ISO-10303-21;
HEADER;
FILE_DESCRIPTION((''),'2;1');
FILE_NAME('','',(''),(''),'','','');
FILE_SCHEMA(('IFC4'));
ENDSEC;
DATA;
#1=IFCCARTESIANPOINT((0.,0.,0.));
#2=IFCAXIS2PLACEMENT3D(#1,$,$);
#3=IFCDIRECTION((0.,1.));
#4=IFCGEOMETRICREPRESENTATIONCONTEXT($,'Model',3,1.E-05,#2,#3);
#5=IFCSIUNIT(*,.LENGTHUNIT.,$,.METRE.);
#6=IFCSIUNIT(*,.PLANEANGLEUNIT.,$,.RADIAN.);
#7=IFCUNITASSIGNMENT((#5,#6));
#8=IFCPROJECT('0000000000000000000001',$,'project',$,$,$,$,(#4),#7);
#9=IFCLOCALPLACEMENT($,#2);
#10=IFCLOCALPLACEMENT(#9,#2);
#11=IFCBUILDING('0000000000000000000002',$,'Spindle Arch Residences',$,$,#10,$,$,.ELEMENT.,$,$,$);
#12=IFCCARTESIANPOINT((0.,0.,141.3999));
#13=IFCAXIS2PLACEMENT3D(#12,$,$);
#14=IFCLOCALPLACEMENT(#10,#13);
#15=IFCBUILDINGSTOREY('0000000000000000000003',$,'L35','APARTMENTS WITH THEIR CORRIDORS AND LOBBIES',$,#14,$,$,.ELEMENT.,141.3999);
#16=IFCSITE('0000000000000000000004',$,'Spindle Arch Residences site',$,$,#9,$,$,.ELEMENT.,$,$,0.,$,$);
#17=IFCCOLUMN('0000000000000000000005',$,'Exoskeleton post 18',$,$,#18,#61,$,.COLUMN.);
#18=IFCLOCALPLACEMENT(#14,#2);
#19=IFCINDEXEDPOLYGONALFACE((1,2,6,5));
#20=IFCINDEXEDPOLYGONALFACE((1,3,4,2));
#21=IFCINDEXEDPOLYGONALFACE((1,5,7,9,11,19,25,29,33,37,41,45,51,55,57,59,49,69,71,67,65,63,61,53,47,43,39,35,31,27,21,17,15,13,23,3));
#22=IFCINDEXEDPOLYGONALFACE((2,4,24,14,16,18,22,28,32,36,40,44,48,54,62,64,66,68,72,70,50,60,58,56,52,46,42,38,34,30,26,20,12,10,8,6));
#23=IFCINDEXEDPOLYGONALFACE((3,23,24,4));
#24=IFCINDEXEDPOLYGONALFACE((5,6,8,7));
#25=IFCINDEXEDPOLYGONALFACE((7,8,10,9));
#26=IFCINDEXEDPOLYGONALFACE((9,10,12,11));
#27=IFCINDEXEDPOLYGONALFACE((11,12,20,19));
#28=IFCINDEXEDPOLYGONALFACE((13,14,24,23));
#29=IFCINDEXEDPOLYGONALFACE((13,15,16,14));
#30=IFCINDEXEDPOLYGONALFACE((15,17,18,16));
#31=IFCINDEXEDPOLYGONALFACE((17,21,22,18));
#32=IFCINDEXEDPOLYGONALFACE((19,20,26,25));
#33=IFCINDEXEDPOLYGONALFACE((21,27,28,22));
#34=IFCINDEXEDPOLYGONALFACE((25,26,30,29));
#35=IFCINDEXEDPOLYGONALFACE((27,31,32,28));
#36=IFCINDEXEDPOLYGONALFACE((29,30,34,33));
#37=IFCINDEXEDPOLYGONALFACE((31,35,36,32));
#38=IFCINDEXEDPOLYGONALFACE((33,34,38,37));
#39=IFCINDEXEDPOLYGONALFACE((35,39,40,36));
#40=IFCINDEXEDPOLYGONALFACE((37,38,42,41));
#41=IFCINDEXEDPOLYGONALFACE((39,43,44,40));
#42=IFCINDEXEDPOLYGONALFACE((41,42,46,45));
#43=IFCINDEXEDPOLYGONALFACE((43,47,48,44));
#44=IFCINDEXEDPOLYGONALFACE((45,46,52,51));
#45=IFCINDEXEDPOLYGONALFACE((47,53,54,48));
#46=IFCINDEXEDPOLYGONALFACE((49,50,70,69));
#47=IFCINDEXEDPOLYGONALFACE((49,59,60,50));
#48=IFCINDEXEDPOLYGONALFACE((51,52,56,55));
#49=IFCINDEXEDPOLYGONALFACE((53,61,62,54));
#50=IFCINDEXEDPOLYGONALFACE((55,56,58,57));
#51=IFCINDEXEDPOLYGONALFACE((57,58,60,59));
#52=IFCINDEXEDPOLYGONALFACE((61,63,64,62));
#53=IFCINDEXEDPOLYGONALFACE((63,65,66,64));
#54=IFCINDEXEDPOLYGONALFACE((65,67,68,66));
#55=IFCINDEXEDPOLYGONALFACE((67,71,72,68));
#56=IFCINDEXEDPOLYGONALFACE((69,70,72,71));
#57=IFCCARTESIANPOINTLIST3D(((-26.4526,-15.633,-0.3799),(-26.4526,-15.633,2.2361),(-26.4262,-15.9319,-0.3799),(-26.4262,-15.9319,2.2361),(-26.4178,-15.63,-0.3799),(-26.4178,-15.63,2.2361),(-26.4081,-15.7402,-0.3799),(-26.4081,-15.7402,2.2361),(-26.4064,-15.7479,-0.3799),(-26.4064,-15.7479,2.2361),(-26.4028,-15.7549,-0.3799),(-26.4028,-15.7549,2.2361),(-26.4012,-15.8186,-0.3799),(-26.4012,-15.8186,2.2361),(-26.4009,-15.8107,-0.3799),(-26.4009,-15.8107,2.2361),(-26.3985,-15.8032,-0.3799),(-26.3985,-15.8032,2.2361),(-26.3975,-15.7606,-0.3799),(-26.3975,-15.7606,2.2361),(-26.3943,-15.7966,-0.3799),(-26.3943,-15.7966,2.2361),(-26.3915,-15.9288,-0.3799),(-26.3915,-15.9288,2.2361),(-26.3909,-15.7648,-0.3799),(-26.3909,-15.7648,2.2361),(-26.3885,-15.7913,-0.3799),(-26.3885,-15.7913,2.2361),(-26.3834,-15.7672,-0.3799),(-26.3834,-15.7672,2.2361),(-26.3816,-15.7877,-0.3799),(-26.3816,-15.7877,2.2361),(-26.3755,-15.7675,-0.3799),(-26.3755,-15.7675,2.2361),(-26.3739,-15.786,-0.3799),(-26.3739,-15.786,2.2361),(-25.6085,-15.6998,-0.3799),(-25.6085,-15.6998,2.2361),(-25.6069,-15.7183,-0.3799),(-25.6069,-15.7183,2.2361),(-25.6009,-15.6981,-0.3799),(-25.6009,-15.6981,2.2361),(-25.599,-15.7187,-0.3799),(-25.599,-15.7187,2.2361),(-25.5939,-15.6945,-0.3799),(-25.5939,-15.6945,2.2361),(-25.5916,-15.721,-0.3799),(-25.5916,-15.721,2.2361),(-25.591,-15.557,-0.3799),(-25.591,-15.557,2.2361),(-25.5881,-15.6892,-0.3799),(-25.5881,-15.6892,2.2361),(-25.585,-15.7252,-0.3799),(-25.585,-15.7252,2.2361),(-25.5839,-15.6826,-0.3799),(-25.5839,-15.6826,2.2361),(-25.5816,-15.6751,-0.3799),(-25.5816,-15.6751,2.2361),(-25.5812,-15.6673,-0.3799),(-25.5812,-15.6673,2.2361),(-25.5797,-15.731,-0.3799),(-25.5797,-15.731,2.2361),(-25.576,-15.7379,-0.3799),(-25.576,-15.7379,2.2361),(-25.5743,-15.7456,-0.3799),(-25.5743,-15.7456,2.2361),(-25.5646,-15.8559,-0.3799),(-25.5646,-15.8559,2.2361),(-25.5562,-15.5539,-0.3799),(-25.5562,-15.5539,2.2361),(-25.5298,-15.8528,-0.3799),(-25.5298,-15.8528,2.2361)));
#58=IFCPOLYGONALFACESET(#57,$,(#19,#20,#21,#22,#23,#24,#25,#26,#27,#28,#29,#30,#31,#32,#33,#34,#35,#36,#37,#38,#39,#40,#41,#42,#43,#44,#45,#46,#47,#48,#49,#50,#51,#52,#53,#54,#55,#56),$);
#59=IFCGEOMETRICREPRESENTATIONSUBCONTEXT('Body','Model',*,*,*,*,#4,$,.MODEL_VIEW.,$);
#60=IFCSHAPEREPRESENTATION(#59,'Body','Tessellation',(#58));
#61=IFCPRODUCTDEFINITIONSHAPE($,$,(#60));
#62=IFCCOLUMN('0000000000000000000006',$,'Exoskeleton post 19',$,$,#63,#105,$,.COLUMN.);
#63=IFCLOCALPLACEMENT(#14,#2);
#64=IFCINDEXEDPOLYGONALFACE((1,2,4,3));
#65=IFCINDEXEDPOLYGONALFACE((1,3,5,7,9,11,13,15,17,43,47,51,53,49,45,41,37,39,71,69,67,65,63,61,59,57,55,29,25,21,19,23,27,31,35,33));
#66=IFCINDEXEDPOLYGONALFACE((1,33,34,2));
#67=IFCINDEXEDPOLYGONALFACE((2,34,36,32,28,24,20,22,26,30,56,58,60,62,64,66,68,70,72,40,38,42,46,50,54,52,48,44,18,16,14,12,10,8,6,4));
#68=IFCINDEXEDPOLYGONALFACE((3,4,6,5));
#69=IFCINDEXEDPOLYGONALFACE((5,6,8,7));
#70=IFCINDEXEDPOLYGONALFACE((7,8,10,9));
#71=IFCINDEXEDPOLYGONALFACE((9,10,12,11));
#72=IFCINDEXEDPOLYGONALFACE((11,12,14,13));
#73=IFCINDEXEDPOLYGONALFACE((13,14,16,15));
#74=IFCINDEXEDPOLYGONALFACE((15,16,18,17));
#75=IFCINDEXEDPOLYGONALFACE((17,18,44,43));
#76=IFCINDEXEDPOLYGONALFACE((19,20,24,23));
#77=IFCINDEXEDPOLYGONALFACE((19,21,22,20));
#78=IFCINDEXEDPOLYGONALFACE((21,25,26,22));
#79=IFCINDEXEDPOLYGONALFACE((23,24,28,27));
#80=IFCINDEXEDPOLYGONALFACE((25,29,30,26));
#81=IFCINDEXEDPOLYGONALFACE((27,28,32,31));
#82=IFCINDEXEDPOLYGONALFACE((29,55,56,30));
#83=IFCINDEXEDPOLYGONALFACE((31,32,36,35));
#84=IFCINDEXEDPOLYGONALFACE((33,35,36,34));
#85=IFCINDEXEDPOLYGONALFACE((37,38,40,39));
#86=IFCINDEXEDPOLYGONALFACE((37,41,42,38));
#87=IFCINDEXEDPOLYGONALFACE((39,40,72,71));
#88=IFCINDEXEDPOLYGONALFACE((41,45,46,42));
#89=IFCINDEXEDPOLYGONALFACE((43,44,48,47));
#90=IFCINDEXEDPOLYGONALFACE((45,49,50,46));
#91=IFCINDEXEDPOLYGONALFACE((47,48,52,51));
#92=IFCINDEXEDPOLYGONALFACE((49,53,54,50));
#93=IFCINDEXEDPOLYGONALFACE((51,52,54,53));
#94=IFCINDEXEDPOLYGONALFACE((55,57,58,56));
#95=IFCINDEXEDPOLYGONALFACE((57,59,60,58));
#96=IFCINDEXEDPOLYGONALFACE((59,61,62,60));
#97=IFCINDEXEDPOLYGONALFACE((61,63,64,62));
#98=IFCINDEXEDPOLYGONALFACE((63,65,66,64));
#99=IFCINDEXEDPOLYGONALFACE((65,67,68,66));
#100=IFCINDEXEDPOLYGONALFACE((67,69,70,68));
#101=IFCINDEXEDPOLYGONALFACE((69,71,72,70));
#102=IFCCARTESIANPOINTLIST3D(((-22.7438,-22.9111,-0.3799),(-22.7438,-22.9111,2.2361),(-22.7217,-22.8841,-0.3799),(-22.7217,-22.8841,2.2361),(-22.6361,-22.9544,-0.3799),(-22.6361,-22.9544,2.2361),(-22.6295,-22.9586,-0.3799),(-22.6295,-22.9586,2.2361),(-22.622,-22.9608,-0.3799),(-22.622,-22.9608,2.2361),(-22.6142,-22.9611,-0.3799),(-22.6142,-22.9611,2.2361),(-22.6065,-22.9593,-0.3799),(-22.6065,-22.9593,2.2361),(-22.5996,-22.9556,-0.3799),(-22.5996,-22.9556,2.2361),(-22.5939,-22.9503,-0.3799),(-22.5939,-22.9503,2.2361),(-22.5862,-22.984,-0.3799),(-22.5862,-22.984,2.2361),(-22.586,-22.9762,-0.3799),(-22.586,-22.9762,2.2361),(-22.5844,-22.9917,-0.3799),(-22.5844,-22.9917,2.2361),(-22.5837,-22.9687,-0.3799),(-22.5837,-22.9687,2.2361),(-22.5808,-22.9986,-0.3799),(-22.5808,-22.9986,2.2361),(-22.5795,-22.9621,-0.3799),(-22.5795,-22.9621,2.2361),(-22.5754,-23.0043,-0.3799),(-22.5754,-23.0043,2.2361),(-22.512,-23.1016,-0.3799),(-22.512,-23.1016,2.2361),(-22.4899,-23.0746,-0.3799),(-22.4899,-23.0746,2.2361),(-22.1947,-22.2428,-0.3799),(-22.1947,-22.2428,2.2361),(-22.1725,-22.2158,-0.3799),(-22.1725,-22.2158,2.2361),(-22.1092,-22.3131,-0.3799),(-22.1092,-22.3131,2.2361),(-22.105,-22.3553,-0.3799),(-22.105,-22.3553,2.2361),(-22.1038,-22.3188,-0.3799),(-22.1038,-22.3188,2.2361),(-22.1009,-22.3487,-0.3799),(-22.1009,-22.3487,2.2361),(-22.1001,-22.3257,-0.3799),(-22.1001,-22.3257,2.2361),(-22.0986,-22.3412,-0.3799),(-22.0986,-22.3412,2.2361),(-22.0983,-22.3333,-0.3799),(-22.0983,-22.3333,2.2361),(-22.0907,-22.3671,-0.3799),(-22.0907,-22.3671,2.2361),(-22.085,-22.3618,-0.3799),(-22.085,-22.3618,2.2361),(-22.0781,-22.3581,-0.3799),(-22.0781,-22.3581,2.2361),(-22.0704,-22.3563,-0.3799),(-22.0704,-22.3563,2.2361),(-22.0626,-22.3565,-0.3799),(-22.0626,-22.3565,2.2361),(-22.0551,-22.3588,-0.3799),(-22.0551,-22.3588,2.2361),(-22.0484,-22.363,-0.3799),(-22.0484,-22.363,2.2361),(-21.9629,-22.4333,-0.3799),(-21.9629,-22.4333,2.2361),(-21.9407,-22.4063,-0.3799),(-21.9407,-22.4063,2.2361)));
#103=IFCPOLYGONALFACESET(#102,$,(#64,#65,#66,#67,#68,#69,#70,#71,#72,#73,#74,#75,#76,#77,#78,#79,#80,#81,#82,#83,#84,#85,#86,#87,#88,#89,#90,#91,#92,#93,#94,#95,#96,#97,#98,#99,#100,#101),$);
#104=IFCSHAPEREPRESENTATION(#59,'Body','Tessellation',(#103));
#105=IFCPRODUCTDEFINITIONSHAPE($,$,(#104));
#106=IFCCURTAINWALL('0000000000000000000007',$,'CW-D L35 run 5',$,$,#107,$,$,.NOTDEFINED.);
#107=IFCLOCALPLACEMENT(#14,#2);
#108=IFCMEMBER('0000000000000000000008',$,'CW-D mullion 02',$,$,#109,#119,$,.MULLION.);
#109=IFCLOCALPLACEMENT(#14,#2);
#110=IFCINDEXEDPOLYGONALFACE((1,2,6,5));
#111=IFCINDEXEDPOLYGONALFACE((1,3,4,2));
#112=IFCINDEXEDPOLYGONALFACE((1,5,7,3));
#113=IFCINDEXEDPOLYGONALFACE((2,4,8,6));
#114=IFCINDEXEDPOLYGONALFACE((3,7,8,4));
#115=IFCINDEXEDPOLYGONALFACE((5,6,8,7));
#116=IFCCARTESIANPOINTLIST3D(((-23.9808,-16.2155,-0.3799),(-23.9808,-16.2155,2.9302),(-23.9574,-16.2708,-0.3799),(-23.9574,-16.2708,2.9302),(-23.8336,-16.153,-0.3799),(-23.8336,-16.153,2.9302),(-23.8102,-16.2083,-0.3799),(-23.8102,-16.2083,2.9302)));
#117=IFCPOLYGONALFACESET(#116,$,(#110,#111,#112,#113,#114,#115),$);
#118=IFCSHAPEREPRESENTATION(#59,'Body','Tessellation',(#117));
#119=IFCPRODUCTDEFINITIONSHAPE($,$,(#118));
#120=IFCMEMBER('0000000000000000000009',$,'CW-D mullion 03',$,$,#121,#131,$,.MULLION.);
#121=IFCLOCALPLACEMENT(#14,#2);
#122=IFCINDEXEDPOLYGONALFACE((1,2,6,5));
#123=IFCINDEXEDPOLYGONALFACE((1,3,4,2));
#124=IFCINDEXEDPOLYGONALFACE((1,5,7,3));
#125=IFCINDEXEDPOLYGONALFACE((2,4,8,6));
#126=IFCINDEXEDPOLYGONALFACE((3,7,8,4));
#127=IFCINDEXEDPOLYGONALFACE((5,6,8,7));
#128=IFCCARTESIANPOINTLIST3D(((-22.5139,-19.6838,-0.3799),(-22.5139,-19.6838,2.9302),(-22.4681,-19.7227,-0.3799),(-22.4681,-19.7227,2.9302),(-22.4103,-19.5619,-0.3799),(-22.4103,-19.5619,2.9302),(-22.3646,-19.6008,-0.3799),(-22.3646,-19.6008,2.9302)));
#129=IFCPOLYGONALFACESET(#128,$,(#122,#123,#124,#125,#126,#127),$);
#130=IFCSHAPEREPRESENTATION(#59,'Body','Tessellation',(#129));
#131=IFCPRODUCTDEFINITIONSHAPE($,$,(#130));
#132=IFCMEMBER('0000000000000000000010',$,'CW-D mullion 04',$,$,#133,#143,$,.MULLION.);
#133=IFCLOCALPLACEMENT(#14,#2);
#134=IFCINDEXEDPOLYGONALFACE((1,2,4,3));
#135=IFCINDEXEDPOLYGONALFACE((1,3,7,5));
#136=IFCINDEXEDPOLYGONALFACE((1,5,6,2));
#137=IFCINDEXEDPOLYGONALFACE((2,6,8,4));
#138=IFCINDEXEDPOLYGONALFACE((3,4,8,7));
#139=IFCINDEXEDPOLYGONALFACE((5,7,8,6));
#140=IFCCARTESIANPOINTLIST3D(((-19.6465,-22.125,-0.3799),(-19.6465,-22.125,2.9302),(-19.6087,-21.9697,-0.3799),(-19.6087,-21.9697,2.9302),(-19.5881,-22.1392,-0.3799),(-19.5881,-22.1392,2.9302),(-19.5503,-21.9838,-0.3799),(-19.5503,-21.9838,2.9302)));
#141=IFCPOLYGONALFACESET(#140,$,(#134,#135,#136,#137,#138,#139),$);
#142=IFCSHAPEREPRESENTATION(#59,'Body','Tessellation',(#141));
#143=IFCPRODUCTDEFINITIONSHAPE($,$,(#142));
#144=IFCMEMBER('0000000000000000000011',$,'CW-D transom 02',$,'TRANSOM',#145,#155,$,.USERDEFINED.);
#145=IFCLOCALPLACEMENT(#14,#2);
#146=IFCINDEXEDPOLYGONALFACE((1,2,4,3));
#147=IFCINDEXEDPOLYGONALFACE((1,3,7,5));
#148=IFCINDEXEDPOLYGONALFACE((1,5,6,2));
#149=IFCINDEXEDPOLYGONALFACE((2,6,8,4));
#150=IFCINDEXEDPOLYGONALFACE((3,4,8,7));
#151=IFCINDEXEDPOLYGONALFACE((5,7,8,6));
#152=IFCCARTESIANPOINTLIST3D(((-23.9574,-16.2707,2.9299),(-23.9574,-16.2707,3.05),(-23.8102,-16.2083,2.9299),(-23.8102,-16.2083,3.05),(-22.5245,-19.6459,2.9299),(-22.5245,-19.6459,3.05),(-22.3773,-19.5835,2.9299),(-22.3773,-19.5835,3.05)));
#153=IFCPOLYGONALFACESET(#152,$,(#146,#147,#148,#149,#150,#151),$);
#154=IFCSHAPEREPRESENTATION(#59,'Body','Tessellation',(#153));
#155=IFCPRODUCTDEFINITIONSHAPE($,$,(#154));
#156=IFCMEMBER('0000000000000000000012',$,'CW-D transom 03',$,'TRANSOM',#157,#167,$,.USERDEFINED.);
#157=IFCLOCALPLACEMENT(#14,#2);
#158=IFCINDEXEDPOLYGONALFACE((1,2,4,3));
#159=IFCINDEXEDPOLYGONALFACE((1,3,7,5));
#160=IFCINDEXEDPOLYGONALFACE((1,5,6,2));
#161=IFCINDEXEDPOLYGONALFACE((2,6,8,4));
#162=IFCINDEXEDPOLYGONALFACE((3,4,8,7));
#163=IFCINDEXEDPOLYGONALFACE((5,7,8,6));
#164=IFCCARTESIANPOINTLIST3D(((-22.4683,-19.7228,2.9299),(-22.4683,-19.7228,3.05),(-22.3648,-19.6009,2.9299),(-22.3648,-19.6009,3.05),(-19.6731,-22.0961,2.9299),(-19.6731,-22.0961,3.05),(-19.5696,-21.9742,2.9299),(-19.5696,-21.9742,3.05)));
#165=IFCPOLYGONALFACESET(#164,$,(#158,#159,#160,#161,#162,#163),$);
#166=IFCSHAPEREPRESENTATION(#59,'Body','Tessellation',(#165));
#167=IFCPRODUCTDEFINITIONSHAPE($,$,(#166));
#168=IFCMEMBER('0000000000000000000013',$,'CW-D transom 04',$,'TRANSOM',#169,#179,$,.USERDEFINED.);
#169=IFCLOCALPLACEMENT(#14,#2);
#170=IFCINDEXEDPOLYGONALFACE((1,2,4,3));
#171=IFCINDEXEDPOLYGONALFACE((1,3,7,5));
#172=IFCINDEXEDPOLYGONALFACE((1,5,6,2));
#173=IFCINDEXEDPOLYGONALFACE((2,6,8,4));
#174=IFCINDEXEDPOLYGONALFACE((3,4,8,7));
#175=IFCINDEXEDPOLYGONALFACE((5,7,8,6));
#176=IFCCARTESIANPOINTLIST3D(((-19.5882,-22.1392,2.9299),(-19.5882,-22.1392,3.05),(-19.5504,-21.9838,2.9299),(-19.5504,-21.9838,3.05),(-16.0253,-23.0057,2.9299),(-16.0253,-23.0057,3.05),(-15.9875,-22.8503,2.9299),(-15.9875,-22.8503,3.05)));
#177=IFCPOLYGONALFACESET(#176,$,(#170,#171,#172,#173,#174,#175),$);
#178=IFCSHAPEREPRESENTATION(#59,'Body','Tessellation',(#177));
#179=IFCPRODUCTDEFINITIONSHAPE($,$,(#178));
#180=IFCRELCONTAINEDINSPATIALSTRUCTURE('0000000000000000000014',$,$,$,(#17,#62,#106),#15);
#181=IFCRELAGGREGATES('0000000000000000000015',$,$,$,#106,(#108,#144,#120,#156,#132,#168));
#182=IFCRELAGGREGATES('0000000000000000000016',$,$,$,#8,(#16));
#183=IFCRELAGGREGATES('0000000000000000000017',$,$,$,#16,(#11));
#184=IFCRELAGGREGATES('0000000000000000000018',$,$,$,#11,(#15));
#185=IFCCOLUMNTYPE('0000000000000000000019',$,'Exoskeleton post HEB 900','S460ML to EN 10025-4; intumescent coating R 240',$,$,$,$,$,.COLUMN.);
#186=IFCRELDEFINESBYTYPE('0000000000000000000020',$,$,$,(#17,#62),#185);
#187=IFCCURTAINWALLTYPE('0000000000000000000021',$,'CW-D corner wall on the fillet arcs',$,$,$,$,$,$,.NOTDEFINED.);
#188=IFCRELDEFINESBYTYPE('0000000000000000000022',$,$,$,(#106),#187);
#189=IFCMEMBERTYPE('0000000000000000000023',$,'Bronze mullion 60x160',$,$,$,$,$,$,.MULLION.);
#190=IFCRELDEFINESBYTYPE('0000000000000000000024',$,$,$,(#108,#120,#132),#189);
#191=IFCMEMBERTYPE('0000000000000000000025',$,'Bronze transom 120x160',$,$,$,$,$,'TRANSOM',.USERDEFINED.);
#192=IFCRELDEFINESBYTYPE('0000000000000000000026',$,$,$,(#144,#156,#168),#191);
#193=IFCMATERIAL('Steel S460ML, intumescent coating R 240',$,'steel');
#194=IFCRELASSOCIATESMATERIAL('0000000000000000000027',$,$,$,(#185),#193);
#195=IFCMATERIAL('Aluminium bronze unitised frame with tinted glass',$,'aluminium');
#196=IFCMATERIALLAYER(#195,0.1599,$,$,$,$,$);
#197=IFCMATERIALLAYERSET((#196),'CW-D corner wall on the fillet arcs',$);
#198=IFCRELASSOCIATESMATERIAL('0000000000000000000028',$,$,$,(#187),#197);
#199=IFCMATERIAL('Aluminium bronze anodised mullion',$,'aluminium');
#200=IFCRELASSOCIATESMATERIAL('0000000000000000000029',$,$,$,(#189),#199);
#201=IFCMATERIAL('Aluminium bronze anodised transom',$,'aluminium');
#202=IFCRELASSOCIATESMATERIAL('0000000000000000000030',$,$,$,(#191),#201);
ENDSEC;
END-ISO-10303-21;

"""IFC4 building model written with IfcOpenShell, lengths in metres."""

from ifc_helpers import new_model, si_unit, direction, frame, origin, origin_2d, place, context, subcontext, project, spatial, rectangle, i_section, extrude, material, layer, layer_set, material_profile, profile_set, type_object, element, aggregate, save


model = new_model("IFC4")

# Units and contexts
model_context = context("Model", 3, precision=1e-05, world=origin(), true_north=direction((0.0, 1.0)))
body_context = subcontext(model_context, "Body", "Model", "MODEL_VIEW")
ifc_project = project(units=[si_unit("LENGTHUNIT", "METRE"), si_unit("PLANEANGLEUNIT", "RADIAN")], contexts=[model_context])

# Site, building, storey
site_placement = place(None, origin())
site = spatial("IfcSite", under=ifc_project, at=site_placement, Name="Spindle Arch Residences site", CompositionType="ELEMENT", RefElevation=0.0)
building_placement = place(site_placement, origin())
building = spatial("IfcBuilding", under=site, at=building_placement, Name="Spindle Arch Residences", CompositionType="ELEMENT")
storey_placement = place(building_placement, frame((0.0, 0.0, 141.3999)))
storey = spatial("IfcBuildingStorey", under=building, at=storey_placement, Name="L35", Description="APARTMENTS WITH THEIR CORRIDORS AND LOBBIES", CompositionType="ELEMENT", Elevation=141.3999)

# Columns
ifc_material_1 = material(Name="Steel S460ML, intumescent coating R 240", Category="steel")
ifc_material_profile_1 = material_profile(ifc_material_1, i_section(OverallWidth=0.3, OverallDepth=0.8999, WebThickness=0.0186, FlangeThickness=0.0349, FilletRadius=0.03, at=origin_2d()), Name="HEB 900")
ifc_profile_set_1 = profile_set([ifc_material_profile_1], Name="Steel S460ML, intumescent coating R 240")
column_type = type_object("IfcColumnType", Name="Exoskeleton post HEB 900", Description="S460ML to EN 10025-4; intumescent coating R 240", PredefinedType="COLUMN", material=ifc_profile_set_1)
for number, where, z_axis, x_axis, name in (
    (1, (-25.9912, -15.7429, -0.3799), (0.0, 0.0, 1.0), (-0.087905, 0.996129, 0.0), "Exoskeleton post 18"),
    (2, (-22.3423, -22.6587, -0.3799), (0.0, 0.0, 1.0), (-0.772638, 0.634847, 0.0), "Exoskeleton post 19"),
):
    element("IfcColumn", number, at=place(storey_placement, frame(where, z_axis=z_axis, x_axis=x_axis)), inside=storey, type_object=column_type, Name=name, PredefinedType="COLUMN", context=body_context, shape_type="SweptSolid", body=[
        extrude(i_section(OverallWidth=0.3, OverallDepth=0.8999, WebThickness=0.0186, FlangeThickness=0.0349, FilletRadius=0.03, at=origin_2d()), origin(), (0.0, 0.0, 1.0), 2.616),
    ])

# Curtain wall, members
ifc_material_2 = material(Name="Aluminium bronze unitised frame with tinted glass", Category="aluminium")
ifc_layer_1 = layer(ifc_material_2, 0.1599)
ifc_layer_set_1 = layer_set([ifc_layer_1], Name="CW-D corner wall on the fillet arcs")
curtain_wall_type = type_object("IfcCurtainWallType", Name="CW-D corner wall on the fillet arcs", PredefinedType="NOTDEFINED", material=ifc_layer_set_1)
curtain_wall_placement = place(storey_placement, origin())
curtain_wall = element("IfcCurtainWall", 3, at=curtain_wall_placement, inside=storey, type_object=curtain_wall_type, Name="CW-D L35 run 5", PredefinedType="NOTDEFINED")
ifc_material_3 = material(Name="Aluminium bronze anodised mullion", Category="aluminium")
ifc_material_profile_2 = material_profile(ifc_material_3, rectangle(XDim=0.1599, YDim=0.0601, at=origin_2d()), Name="MU 60x160")
ifc_profile_set_2 = profile_set([ifc_material_profile_2], Name="Aluminium bronze anodised mullion")
member_type_1 = type_object("IfcMemberType", Name="Bronze mullion 60x160", PredefinedType="MULLION", material=ifc_profile_set_2)
member_1_placement = place(storey_placement, frame((-23.8955, -16.2119, -0.3799), z_axis=(0.0, 0.0, 1.0), x_axis=(0.920505, 0.390731, 0.0)))
member_1 = element("IfcMember", 4, at=member_1_placement, type_object=member_type_1, Name="CW-D mullion 02", PredefinedType="MULLION", context=body_context, shape_type="SweptSolid", body=[
    extrude(rectangle(XDim=0.1599, YDim=0.0601, at=origin_2d()), origin(), (0.0, 0.0, 1.0), 3.3101),
])
member_2_placement = place(storey_placement, frame((-22.4392, -19.6423, -0.3799), z_axis=(0.0, 0.0, 1.0), x_axis=(0.647233, 0.762292, 0.0)))
member_2 = element("IfcMember", 5, at=member_2_placement, type_object=member_type_1, Name="CW-D mullion 03", PredefinedType="MULLION", context=body_context, shape_type="SweptSolid", body=[
    extrude(rectangle(XDim=0.1599, YDim=0.0601, at=origin_2d()), origin(), (0.0, 0.0, 1.0), 3.3101),
])
member_3_placement = place(storey_placement, frame((-19.5984, -22.0544, -0.3799), z_axis=(0.0, 0.0, 1.0), x_axis=(0.236273, 0.971687, 0.0)))
member_3 = element("IfcMember", 6, at=member_3_placement, type_object=member_type_1, Name="CW-D mullion 04", PredefinedType="MULLION", context=body_context, shape_type="SweptSolid", body=[
    extrude(rectangle(XDim=0.1599, YDim=0.0601, at=origin_2d()), origin(), (0.0, 0.0, 1.0), 3.3101),
])
ifc_material_4 = material(Name="Aluminium bronze anodised transom", Category="aluminium")
ifc_material_profile_3 = material_profile(ifc_material_4, rectangle(XDim=0.1599, YDim=0.1201, at=origin_2d()), Name="TR 120x160")
ifc_profile_set_3 = profile_set([ifc_material_profile_3], Name="Aluminium bronze anodised transom")
member_type_2 = type_object("IfcMemberType", Name="Bronze transom 120x160", ElementType="TRANSOM", PredefinedType="USERDEFINED", material=ifc_profile_set_3)
member_4_placement = place(storey_placement, frame((-23.8838, -16.2395, 2.99), z_axis=(0.390767, -0.92049, 0.0), x_axis=(0.92049, 0.390767, 0.0)))
member_4 = element("IfcMember", 7, at=member_4_placement, type_object=member_type_2, Name="CW-D transom 02", ObjectType="TRANSOM", PredefinedType="USERDEFINED", context=body_context, shape_type="SweptSolid", body=[
    extrude(rectangle(XDim=0.1599, YDim=0.1201, at=origin_2d()), origin(), (0.0, 0.0, 1.0), 3.6667),
])
member_5_placement = place(storey_placement, frame((-22.4165, -19.6619, 2.99), z_axis=(0.762289, -0.647237, 0.0), x_axis=(0.647237, 0.762289, 0.0)))
member_5 = element("IfcMember", 8, at=member_5_placement, type_object=member_type_2, Name="CW-D transom 03", ObjectType="TRANSOM", PredefinedType="USERDEFINED", context=body_context, shape_type="SweptSolid", body=[
    extrude(rectangle(XDim=0.1599, YDim=0.1201, at=origin_2d()), origin(), (0.0, 0.0, 1.0), 3.6667),
])
member_6_placement = place(storey_placement, frame((-19.5693, -22.0615, 2.99), z_axis=(0.971681, -0.236296, 0.0), x_axis=(0.236296, 0.971681, 0.0)))
member_6 = element("IfcMember", 9, at=member_6_placement, type_object=member_type_2, Name="CW-D transom 04", ObjectType="TRANSOM", PredefinedType="USERDEFINED", context=body_context, shape_type="SweptSolid", body=[
    extrude(rectangle(XDim=0.1599, YDim=0.1201, at=origin_2d()), origin(), (0.0, 0.0, 1.0), 3.6667),
])

aggregate(curtain_wall, [member_1, member_4, member_2, member_5, member_3, member_6])

save(model, "model.ifc")
